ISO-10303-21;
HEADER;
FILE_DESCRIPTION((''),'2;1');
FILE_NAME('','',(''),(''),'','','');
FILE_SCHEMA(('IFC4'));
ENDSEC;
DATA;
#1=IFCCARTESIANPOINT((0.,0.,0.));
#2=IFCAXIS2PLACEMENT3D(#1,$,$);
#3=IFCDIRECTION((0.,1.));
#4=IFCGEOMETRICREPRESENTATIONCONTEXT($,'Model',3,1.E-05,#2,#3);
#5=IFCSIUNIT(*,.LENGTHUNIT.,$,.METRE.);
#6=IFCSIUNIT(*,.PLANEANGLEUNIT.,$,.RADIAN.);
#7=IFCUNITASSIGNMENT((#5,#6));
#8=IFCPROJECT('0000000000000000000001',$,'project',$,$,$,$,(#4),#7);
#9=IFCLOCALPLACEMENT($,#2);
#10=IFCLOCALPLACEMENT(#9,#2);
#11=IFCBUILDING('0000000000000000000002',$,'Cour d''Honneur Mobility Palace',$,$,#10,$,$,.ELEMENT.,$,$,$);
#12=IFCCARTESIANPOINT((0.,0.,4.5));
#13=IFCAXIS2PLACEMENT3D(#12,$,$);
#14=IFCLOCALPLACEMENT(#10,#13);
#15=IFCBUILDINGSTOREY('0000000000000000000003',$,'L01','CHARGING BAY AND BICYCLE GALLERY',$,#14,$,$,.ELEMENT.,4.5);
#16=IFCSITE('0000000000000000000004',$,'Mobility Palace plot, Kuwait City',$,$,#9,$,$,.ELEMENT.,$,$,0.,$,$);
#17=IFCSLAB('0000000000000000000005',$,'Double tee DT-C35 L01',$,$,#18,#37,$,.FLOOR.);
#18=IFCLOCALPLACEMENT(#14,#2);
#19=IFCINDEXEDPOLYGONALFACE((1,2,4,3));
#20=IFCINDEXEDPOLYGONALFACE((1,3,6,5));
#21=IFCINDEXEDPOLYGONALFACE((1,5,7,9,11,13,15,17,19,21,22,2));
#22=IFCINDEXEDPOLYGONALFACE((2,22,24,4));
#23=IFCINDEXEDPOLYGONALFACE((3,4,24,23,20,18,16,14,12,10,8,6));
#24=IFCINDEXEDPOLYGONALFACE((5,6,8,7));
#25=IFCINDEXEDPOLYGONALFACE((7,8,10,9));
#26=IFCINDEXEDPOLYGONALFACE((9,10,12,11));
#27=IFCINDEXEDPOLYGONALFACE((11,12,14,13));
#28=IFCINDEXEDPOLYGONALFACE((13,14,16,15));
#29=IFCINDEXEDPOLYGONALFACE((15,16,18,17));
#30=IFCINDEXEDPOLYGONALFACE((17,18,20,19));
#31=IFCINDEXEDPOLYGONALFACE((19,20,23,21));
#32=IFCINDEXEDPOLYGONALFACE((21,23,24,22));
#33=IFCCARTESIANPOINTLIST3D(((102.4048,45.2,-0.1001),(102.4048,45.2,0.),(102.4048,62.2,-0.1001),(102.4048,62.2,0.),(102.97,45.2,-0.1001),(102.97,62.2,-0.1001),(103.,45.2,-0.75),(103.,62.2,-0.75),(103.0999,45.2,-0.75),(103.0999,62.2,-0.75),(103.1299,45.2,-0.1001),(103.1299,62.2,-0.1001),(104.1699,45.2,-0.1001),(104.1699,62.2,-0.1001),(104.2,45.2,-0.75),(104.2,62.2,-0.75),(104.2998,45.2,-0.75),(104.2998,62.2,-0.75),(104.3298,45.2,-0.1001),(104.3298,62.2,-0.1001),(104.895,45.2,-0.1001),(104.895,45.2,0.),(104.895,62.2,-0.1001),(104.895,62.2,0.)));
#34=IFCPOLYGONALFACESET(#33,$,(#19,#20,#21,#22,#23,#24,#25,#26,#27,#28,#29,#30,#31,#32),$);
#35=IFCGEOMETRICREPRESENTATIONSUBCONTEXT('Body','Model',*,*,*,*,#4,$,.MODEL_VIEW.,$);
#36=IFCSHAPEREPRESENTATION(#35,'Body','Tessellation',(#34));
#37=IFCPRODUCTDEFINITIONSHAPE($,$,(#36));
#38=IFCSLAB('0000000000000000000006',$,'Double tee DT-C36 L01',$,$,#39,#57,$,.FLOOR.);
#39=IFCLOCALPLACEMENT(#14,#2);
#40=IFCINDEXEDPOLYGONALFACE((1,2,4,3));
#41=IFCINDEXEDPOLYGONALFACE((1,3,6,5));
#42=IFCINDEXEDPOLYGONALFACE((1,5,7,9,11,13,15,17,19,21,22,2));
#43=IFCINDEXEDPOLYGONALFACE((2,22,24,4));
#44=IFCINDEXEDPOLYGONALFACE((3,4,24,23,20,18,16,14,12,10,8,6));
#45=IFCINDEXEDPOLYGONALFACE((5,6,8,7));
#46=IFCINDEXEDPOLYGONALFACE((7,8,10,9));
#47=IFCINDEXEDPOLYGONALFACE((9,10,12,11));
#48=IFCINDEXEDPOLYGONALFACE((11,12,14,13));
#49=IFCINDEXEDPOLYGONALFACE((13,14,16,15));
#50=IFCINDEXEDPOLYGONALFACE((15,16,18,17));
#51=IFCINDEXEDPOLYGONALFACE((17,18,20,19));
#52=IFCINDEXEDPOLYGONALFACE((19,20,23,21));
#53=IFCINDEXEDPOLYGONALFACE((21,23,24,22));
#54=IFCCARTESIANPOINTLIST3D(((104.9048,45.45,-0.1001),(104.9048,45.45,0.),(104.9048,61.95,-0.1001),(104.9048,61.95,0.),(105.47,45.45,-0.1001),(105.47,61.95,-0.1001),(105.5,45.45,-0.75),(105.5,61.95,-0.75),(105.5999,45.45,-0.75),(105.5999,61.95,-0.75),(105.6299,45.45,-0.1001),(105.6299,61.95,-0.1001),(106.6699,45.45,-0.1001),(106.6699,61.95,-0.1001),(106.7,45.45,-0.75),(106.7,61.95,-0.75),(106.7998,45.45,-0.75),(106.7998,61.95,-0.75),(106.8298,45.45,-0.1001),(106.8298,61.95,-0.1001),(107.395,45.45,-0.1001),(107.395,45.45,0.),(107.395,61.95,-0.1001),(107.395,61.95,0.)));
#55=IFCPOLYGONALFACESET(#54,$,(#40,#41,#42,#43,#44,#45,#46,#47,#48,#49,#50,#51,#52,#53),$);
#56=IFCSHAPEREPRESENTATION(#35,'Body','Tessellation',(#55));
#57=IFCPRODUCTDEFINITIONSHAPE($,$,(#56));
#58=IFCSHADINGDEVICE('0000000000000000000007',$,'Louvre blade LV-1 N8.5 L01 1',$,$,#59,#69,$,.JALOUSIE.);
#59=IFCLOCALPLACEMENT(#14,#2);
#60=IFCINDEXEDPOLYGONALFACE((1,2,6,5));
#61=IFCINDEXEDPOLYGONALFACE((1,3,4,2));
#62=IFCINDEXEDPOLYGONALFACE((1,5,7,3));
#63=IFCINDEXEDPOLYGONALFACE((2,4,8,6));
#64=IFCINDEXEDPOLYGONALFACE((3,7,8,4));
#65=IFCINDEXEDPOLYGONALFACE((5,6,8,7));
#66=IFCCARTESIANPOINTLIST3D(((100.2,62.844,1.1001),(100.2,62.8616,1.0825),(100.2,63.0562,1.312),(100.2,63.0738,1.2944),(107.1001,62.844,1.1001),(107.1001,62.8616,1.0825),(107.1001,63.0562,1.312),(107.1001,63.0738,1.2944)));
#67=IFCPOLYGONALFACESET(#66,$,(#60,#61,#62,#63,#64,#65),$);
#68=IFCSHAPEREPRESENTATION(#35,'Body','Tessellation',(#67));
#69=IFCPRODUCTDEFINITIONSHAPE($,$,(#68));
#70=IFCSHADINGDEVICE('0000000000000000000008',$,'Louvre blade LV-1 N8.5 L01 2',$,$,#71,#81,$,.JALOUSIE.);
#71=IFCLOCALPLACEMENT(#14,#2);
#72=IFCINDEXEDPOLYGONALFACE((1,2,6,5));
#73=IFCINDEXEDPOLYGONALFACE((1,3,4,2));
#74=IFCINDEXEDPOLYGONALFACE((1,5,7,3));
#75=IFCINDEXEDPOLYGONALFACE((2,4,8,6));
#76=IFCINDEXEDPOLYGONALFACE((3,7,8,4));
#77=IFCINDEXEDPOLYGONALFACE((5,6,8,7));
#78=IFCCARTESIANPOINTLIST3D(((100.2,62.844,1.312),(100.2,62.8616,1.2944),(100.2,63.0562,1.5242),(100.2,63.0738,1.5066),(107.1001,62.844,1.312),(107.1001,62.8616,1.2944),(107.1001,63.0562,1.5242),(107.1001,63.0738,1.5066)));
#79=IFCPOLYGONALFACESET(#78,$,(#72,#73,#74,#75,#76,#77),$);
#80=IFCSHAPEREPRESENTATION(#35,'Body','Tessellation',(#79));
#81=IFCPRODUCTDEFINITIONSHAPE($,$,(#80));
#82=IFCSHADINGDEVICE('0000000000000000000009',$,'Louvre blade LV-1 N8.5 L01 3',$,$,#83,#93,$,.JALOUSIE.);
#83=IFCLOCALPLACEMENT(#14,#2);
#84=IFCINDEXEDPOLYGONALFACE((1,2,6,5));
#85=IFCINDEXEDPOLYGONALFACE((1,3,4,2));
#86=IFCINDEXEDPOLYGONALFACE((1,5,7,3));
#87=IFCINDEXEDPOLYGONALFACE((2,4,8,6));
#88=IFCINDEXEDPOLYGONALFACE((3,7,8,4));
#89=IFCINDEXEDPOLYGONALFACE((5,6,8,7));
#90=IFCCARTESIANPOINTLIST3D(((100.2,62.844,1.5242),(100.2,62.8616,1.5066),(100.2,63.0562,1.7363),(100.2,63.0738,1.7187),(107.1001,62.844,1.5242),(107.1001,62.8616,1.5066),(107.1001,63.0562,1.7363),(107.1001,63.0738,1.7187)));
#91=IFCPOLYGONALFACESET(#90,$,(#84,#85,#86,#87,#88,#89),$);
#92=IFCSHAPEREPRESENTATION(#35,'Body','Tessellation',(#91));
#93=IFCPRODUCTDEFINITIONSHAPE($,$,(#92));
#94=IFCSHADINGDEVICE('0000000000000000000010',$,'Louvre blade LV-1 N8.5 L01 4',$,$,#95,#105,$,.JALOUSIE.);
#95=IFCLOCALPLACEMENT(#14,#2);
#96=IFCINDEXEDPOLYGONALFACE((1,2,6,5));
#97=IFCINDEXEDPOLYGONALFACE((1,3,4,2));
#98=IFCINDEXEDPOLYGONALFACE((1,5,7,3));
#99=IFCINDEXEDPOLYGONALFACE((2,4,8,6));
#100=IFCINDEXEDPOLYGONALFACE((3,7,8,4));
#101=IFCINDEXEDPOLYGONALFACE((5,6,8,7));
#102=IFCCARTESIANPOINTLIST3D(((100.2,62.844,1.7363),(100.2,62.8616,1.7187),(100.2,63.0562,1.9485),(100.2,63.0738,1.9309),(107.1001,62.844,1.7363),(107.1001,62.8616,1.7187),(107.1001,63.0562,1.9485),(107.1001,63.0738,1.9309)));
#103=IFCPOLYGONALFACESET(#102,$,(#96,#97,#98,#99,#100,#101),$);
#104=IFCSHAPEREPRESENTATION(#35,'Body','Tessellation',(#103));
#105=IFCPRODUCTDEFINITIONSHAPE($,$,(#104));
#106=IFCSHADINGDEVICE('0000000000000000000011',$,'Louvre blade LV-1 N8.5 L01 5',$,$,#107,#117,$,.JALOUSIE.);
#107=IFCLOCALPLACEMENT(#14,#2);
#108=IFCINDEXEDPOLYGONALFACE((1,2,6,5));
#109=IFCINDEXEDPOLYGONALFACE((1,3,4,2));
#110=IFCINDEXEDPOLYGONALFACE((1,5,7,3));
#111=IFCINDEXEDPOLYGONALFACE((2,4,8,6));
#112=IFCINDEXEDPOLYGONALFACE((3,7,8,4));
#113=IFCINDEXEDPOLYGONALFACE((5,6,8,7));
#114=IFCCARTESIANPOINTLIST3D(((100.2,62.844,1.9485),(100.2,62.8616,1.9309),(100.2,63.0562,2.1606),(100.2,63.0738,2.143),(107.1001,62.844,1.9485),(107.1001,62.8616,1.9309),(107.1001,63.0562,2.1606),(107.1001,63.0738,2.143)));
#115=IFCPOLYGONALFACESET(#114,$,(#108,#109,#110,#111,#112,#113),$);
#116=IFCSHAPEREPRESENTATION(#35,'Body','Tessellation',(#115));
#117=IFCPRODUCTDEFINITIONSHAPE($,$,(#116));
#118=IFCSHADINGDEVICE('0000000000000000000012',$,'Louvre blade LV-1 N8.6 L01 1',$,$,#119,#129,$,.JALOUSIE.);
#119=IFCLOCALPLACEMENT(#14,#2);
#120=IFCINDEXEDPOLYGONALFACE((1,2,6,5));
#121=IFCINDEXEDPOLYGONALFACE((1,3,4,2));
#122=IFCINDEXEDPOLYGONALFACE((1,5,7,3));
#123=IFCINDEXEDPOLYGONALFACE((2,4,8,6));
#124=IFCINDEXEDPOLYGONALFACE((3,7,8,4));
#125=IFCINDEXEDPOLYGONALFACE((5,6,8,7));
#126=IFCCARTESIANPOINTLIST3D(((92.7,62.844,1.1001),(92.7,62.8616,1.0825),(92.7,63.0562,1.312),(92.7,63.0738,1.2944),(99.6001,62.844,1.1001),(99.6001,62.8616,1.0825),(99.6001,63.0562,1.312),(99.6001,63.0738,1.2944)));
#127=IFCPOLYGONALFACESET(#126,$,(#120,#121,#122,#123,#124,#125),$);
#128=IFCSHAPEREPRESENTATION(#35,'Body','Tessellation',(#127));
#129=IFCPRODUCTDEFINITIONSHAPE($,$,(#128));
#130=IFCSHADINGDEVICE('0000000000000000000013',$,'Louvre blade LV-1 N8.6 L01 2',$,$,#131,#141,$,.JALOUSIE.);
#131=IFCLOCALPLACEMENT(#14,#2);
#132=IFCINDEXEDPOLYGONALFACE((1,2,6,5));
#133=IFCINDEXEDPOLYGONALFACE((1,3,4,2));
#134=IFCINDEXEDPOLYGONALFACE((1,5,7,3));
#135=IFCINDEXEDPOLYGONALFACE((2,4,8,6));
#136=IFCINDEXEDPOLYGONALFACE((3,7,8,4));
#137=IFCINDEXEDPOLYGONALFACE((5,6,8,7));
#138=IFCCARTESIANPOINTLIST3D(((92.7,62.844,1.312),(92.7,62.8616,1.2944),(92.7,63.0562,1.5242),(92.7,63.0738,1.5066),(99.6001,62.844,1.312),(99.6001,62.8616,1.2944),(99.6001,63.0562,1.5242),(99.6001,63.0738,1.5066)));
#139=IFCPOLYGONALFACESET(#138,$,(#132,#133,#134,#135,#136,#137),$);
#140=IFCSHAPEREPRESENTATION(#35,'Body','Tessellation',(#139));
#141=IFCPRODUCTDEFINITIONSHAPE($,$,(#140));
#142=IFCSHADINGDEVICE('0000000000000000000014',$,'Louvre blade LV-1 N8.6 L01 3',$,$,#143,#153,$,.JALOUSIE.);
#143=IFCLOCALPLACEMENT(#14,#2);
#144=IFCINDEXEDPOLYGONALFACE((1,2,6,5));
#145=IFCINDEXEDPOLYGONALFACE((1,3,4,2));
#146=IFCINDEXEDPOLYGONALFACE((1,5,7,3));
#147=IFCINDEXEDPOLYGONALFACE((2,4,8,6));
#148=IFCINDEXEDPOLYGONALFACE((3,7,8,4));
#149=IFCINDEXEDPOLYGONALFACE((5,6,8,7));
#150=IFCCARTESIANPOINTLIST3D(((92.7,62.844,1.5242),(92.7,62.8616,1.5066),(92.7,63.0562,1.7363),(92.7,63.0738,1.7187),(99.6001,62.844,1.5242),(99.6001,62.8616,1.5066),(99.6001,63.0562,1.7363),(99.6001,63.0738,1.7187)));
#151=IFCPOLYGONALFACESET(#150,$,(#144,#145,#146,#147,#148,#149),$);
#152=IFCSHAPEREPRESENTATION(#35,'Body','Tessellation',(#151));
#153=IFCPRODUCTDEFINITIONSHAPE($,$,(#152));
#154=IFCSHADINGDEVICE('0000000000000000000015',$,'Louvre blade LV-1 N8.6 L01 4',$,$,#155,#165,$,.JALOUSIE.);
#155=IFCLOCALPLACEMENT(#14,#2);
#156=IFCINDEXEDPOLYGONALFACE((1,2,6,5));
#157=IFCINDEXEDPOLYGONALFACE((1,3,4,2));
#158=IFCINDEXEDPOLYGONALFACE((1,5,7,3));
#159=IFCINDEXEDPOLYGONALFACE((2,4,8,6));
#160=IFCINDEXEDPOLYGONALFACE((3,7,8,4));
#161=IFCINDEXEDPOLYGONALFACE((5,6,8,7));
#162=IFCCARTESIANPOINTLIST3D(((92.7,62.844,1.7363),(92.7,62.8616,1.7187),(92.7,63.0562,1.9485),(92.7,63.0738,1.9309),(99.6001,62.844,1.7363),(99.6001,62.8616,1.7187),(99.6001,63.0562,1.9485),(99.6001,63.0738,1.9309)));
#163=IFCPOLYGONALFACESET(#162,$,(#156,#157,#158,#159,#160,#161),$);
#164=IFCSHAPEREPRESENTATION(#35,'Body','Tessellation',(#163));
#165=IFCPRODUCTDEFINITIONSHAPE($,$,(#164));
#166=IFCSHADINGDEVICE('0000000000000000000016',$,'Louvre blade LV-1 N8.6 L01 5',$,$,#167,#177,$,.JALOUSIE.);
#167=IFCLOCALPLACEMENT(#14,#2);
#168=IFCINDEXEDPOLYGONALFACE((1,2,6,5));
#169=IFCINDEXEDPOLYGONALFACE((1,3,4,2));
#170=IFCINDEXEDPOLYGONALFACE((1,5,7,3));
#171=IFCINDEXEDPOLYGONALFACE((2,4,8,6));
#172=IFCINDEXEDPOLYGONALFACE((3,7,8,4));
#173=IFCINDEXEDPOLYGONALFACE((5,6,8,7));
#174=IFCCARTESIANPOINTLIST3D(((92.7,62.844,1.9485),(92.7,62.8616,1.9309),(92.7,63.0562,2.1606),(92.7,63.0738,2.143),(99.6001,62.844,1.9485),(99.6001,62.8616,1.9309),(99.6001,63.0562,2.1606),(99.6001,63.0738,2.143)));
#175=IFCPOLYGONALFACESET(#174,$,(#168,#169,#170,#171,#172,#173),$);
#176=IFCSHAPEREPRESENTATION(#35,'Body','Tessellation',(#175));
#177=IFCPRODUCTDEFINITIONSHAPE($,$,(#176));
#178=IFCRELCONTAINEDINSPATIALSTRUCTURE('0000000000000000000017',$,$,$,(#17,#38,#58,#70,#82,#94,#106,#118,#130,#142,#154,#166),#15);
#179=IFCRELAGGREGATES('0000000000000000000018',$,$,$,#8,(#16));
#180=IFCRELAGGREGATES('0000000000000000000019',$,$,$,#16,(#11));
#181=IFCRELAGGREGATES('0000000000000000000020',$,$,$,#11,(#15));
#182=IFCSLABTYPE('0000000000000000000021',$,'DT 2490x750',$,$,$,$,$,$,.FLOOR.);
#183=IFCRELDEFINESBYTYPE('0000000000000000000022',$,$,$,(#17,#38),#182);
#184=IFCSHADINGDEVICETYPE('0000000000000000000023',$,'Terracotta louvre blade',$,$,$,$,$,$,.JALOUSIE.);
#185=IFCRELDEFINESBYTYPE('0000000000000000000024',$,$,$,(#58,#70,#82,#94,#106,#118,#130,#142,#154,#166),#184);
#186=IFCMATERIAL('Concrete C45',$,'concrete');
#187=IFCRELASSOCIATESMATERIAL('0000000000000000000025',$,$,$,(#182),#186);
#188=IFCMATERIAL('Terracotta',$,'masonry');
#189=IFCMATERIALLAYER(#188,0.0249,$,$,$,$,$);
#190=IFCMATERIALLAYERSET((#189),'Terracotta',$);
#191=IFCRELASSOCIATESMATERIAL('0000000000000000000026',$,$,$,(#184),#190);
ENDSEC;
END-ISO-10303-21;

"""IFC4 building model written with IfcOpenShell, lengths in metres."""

from ifc_helpers import new_model, si_unit, direction, frame, origin, place, context, subcontext, project, spatial, polyline, outline, extrude, material, layer, layer_set, material_profile, profile_set, type_object, element, save


model = new_model("IFC4")

# Units and contexts
model_context = context("Model", 3, precision=1e-05, world=origin(), true_north=direction((0.0, 1.0)))
body_context = subcontext(model_context, "Body", "Model", "MODEL_VIEW")
ifc_project = project(units=[si_unit("LENGTHUNIT", "METRE"), si_unit("PLANEANGLEUNIT", "RADIAN")], contexts=[model_context])

# Site, building, storey
site_placement = place(None, origin())
site = spatial("IfcSite", under=ifc_project, at=site_placement, Name="Mobility Palace plot, Kuwait City", CompositionType="ELEMENT", RefElevation=0.0)
building_placement = place(site_placement, origin())
building = spatial("IfcBuilding", under=site, at=building_placement, Name="Cour d'Honneur Mobility Palace", CompositionType="ELEMENT")
storey_placement = place(building_placement, frame((0.0, 0.0, 4.5)))
storey = spatial("IfcBuildingStorey", under=building, at=storey_placement, Name="L01", Description="CHARGING BAY AND BICYCLE GALLERY", CompositionType="ELEMENT", Elevation=4.5)

# Slabs
ifc_material_1 = material(Name="Concrete C45", Category="concrete")
ifc_material_profile_1 = material_profile(ifc_material_1, outline(polyline([(-1.2451, 0.0), (1.2451, 0.0), (1.2451, -0.1001), (0.6799, -0.1001), (0.6499, -0.75), (0.55, -0.75), (0.52, -0.1001), (-0.52, -0.1001), (-0.55, -0.75), (-0.6499, -0.75), (-0.6799, -0.1001), (-1.2451, -0.1001), (-1.2451, 0.0)])), Name="DT 2490x750")
ifc_profile_set_1 = profile_set([ifc_material_profile_1], Name="Concrete C45")
slab_type = type_object("IfcSlabType", Name="DT 2490x750", PredefinedType="FLOOR", material=ifc_profile_set_1)
slab_1_placement = place(storey_placement, frame((103.6499, 45.2, 0.0), z_axis=(0.0, 1.0, 0.0), x_axis=(-1.0, 0.0, 0.0)))
element("IfcSlab", 1, at=slab_1_placement, inside=storey, type_object=slab_type, Name="Double tee DT-C35 L01", PredefinedType="FLOOR", context=body_context, shape_type="SweptSolid", body=[
    extrude(outline(polyline([(-1.2451, 0.0), (1.2451, 0.0), (1.2451, -0.1001), (0.6799, -0.1001), (0.6499, -0.75), (0.55, -0.75), (0.52, -0.1001), (-0.52, -0.1001), (-0.55, -0.75), (-0.6499, -0.75), (-0.6799, -0.1001), (-1.2451, -0.1001), (-1.2451, 0.0)])), origin(), (0.0, 0.0, 1.0), 17.0),
])
slab_2_placement = place(storey_placement, frame((106.1499, 45.45, 0.0), z_axis=(0.0, 1.0, 0.0), x_axis=(-1.0, 0.0, 0.0)))
element("IfcSlab", 2, at=slab_2_placement, inside=storey, type_object=slab_type, Name="Double tee DT-C36 L01", PredefinedType="FLOOR", context=body_context, shape_type="SweptSolid", body=[
    extrude(outline(polyline([(-1.2451, 0.0), (1.2451, 0.0), (1.2451, -0.1001), (0.6799, -0.1001), (0.6499, -0.75), (0.55, -0.75), (0.52, -0.1001), (-0.52, -0.1001), (-0.55, -0.75), (-0.6499, -0.75), (-0.6799, -0.1001), (-1.2451, -0.1001), (-1.2451, 0.0)])), origin(), (0.0, 0.0, 1.0), 16.5),
])

# Shading devices
ifc_material_2 = material(Name="Terracotta", Category="masonry")
ifc_layer = layer(ifc_material_2, 0.0249)
ifc_layer_set = layer_set([ifc_layer], Name="Terracotta")
shading_device_type = type_object("IfcShadingDeviceType", Name="Terracotta louvre blade", PredefinedType="JALOUSIE", material=ifc_layer_set)
shading_device_1_placement = place(storey_placement, frame((107.1001, 62.844, 1.1001), z_axis=(0.0, -0.7067, 0.707514), x_axis=(-1.0, 0.0, 0.0)))
element("IfcShadingDevice", 3, at=shading_device_1_placement, inside=storey, type_object=shading_device_type, Name="Louvre blade LV-1 N8.5 L01 1", PredefinedType="JALOUSIE", context=body_context, shape_type="SweptSolid", body=[
    extrude(outline(polyline([(0.0, 0.0), (6.9001, 0.0), (6.9001, -0.2999), (0.0, -0.2999), (0.0, 0.0)])), origin(), (0.0, 0.0, -1.0), 0.0249),
])
for number, where, z_axis, x_axis, name in (
    (4, (107.1001, 62.844, 1.312), (0.0, -0.707107, 0.707107), (-1.0, 0.0, 0.0), "Louvre blade LV-1 N8.5 L01 2"),
    (5, (107.1001, 62.844, 1.5242), (0.0, -0.707107, 0.707107), (-1.0, 0.0, 0.0), "Louvre blade LV-1 N8.5 L01 3"),
    (6, (107.1001, 62.844, 1.7363), (0.0, -0.707107, 0.707107), (-1.0, 0.0, 0.0), "Louvre blade LV-1 N8.5 L01 4"),
    (7, (107.1001, 62.844, 1.9485), (0.0, -0.707107, 0.707107), (-1.0, 0.0, 0.0), "Louvre blade LV-1 N8.5 L01 5"),
):
    element("IfcShadingDevice", number, at=place(storey_placement, frame(where, z_axis=z_axis, x_axis=x_axis)), inside=storey, type_object=shading_device_type, Name=name, PredefinedType="JALOUSIE", context=body_context, shape_type="SweptSolid", body=[
        extrude(outline(polyline([(0.0, 0.0), (6.9001, 0.0), (6.9001, -0.3), (0.0, -0.3), (0.0, 0.0)])), origin(), (0.0, 0.0, -1.0), 0.0249),
    ])
shading_device_2_placement = place(storey_placement, frame((99.6001, 62.844, 1.1001), z_axis=(0.0, -0.7067, 0.707514), x_axis=(-1.0, 0.0, 0.0)))
element("IfcShadingDevice", 8, at=shading_device_2_placement, inside=storey, type_object=shading_device_type, Name="Louvre blade LV-1 N8.6 L01 1", PredefinedType="JALOUSIE", context=body_context, shape_type="SweptSolid", body=[
    extrude(outline(polyline([(0.0, 0.0), (6.9001, 0.0), (6.9001, -0.2999), (0.0, -0.2999), (0.0, 0.0)])), origin(), (0.0, 0.0, -1.0), 0.0249),
])
for number, where, z_axis, x_axis, name in (
    (9, (99.6001, 62.844, 1.312), (0.0, -0.707107, 0.707107), (-1.0, 0.0, 0.0), "Louvre blade LV-1 N8.6 L01 2"),
    (10, (99.6001, 62.844, 1.5242), (0.0, -0.707107, 0.707107), (-1.0, 0.0, 0.0), "Louvre blade LV-1 N8.6 L01 3"),
    (11, (99.6001, 62.844, 1.7363), (0.0, -0.707107, 0.707107), (-1.0, 0.0, 0.0), "Louvre blade LV-1 N8.6 L01 4"),
    (12, (99.6001, 62.844, 1.9485), (0.0, -0.707107, 0.707107), (-1.0, 0.0, 0.0), "Louvre blade LV-1 N8.6 L01 5"),
):
    element("IfcShadingDevice", number, at=place(storey_placement, frame(where, z_axis=z_axis, x_axis=x_axis)), inside=storey, type_object=shading_device_type, Name=name, PredefinedType="JALOUSIE", context=body_context, shape_type="SweptSolid", body=[
        extrude(outline(polyline([(0.0, 0.0), (6.9001, 0.0), (6.9001, -0.3), (0.0, -0.3), (0.0, 0.0)])), origin(), (0.0, 0.0, -1.0), 0.0249),
    ])

save(model, "model.ifc")
